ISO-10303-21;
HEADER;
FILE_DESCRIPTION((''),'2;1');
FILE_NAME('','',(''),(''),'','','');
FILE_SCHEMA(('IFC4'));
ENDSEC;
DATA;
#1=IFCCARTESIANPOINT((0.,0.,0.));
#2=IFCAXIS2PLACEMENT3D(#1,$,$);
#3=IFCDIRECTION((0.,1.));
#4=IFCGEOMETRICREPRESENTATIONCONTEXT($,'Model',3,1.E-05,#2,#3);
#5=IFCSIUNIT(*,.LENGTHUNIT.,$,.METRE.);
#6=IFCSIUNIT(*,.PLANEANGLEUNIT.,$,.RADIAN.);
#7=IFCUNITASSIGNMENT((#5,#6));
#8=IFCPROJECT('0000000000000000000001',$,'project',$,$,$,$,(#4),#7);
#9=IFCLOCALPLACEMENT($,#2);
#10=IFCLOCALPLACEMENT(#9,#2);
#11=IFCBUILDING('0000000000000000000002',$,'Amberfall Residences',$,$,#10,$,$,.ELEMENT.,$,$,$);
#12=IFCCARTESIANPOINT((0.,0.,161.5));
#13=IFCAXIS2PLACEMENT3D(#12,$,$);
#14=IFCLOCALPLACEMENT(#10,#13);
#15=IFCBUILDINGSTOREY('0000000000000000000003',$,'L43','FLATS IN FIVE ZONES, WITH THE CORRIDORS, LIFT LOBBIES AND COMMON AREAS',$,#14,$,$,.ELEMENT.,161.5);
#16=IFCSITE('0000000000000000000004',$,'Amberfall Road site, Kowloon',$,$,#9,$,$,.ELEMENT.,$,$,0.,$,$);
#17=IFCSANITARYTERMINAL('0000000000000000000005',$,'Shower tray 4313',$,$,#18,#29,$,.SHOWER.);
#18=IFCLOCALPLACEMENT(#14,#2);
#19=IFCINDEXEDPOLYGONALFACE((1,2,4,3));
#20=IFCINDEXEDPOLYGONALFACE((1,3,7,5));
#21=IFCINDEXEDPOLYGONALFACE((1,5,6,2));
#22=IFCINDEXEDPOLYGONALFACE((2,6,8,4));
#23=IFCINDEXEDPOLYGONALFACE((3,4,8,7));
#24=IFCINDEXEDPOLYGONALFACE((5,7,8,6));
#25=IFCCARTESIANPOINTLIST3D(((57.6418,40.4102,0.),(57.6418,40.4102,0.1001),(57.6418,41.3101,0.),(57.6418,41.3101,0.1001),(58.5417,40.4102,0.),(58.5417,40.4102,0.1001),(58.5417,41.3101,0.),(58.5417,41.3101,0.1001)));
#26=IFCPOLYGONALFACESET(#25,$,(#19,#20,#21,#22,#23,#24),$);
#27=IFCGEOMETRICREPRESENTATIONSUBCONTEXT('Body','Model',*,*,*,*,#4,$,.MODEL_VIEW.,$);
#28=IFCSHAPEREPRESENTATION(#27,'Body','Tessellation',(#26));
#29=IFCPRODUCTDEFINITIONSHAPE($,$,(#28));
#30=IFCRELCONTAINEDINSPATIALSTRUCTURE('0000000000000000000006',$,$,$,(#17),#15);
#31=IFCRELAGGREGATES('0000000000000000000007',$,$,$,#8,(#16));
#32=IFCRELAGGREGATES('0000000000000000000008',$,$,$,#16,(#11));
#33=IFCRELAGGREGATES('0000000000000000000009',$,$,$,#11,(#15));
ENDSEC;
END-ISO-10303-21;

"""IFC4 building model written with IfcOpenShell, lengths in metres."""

from ifc_helpers import new_model, si_unit, direction, frame, origin, origin_2d, place, context, subcontext, project, spatial, rectangle, extrude, element, save


model = new_model("IFC4")

# Units and contexts
model_context = context("Model", 3, precision=1e-05, world=origin(), true_north=direction((0.0, 1.0)))
body_context = subcontext(model_context, "Body", "Model", "MODEL_VIEW")
ifc_project = project(units=[si_unit("LENGTHUNIT", "METRE"), si_unit("PLANEANGLEUNIT", "RADIAN")], contexts=[model_context])

# Site, building, storey
site_placement = place(None, origin())
site = spatial("IfcSite", under=ifc_project, at=site_placement, Name="Amberfall Road site, Kowloon", CompositionType="ELEMENT", RefElevation=0.0)
building_placement = place(site_placement, origin())
building = spatial("IfcBuilding", under=site, at=building_placement, Name="Amberfall Residences", CompositionType="ELEMENT")
storey_placement = place(building_placement, frame((0.0, 0.0, 161.5)))
storey = spatial("IfcBuildingStorey", under=building, at=storey_placement, Name="L43", Description="FLATS IN FIVE ZONES, WITH THE CORRIDORS, LIFT LOBBIES AND COMMON AREAS", CompositionType="ELEMENT", Elevation=161.5)

# Sanitary terminal
sanitary_terminal_1_placement = place(storey_placement, frame((58.0918, 40.8601, 0.0), z_axis=(0.0, 0.0, 1.0), x_axis=(1.0, 0.0, 0.0)))
element("IfcSanitaryTerminal", 1, at=sanitary_terminal_1_placement, inside=storey, Name="Shower tray 4313", PredefinedType="SHOWER", context=body_context, shape_type="SweptSolid", body=[
    extrude(rectangle(XDim=0.8999, YDim=0.8999, at=origin_2d()), origin(), (0.0, 0.0, 1.0), 0.1001),
])

save(model, "model.ifc")
